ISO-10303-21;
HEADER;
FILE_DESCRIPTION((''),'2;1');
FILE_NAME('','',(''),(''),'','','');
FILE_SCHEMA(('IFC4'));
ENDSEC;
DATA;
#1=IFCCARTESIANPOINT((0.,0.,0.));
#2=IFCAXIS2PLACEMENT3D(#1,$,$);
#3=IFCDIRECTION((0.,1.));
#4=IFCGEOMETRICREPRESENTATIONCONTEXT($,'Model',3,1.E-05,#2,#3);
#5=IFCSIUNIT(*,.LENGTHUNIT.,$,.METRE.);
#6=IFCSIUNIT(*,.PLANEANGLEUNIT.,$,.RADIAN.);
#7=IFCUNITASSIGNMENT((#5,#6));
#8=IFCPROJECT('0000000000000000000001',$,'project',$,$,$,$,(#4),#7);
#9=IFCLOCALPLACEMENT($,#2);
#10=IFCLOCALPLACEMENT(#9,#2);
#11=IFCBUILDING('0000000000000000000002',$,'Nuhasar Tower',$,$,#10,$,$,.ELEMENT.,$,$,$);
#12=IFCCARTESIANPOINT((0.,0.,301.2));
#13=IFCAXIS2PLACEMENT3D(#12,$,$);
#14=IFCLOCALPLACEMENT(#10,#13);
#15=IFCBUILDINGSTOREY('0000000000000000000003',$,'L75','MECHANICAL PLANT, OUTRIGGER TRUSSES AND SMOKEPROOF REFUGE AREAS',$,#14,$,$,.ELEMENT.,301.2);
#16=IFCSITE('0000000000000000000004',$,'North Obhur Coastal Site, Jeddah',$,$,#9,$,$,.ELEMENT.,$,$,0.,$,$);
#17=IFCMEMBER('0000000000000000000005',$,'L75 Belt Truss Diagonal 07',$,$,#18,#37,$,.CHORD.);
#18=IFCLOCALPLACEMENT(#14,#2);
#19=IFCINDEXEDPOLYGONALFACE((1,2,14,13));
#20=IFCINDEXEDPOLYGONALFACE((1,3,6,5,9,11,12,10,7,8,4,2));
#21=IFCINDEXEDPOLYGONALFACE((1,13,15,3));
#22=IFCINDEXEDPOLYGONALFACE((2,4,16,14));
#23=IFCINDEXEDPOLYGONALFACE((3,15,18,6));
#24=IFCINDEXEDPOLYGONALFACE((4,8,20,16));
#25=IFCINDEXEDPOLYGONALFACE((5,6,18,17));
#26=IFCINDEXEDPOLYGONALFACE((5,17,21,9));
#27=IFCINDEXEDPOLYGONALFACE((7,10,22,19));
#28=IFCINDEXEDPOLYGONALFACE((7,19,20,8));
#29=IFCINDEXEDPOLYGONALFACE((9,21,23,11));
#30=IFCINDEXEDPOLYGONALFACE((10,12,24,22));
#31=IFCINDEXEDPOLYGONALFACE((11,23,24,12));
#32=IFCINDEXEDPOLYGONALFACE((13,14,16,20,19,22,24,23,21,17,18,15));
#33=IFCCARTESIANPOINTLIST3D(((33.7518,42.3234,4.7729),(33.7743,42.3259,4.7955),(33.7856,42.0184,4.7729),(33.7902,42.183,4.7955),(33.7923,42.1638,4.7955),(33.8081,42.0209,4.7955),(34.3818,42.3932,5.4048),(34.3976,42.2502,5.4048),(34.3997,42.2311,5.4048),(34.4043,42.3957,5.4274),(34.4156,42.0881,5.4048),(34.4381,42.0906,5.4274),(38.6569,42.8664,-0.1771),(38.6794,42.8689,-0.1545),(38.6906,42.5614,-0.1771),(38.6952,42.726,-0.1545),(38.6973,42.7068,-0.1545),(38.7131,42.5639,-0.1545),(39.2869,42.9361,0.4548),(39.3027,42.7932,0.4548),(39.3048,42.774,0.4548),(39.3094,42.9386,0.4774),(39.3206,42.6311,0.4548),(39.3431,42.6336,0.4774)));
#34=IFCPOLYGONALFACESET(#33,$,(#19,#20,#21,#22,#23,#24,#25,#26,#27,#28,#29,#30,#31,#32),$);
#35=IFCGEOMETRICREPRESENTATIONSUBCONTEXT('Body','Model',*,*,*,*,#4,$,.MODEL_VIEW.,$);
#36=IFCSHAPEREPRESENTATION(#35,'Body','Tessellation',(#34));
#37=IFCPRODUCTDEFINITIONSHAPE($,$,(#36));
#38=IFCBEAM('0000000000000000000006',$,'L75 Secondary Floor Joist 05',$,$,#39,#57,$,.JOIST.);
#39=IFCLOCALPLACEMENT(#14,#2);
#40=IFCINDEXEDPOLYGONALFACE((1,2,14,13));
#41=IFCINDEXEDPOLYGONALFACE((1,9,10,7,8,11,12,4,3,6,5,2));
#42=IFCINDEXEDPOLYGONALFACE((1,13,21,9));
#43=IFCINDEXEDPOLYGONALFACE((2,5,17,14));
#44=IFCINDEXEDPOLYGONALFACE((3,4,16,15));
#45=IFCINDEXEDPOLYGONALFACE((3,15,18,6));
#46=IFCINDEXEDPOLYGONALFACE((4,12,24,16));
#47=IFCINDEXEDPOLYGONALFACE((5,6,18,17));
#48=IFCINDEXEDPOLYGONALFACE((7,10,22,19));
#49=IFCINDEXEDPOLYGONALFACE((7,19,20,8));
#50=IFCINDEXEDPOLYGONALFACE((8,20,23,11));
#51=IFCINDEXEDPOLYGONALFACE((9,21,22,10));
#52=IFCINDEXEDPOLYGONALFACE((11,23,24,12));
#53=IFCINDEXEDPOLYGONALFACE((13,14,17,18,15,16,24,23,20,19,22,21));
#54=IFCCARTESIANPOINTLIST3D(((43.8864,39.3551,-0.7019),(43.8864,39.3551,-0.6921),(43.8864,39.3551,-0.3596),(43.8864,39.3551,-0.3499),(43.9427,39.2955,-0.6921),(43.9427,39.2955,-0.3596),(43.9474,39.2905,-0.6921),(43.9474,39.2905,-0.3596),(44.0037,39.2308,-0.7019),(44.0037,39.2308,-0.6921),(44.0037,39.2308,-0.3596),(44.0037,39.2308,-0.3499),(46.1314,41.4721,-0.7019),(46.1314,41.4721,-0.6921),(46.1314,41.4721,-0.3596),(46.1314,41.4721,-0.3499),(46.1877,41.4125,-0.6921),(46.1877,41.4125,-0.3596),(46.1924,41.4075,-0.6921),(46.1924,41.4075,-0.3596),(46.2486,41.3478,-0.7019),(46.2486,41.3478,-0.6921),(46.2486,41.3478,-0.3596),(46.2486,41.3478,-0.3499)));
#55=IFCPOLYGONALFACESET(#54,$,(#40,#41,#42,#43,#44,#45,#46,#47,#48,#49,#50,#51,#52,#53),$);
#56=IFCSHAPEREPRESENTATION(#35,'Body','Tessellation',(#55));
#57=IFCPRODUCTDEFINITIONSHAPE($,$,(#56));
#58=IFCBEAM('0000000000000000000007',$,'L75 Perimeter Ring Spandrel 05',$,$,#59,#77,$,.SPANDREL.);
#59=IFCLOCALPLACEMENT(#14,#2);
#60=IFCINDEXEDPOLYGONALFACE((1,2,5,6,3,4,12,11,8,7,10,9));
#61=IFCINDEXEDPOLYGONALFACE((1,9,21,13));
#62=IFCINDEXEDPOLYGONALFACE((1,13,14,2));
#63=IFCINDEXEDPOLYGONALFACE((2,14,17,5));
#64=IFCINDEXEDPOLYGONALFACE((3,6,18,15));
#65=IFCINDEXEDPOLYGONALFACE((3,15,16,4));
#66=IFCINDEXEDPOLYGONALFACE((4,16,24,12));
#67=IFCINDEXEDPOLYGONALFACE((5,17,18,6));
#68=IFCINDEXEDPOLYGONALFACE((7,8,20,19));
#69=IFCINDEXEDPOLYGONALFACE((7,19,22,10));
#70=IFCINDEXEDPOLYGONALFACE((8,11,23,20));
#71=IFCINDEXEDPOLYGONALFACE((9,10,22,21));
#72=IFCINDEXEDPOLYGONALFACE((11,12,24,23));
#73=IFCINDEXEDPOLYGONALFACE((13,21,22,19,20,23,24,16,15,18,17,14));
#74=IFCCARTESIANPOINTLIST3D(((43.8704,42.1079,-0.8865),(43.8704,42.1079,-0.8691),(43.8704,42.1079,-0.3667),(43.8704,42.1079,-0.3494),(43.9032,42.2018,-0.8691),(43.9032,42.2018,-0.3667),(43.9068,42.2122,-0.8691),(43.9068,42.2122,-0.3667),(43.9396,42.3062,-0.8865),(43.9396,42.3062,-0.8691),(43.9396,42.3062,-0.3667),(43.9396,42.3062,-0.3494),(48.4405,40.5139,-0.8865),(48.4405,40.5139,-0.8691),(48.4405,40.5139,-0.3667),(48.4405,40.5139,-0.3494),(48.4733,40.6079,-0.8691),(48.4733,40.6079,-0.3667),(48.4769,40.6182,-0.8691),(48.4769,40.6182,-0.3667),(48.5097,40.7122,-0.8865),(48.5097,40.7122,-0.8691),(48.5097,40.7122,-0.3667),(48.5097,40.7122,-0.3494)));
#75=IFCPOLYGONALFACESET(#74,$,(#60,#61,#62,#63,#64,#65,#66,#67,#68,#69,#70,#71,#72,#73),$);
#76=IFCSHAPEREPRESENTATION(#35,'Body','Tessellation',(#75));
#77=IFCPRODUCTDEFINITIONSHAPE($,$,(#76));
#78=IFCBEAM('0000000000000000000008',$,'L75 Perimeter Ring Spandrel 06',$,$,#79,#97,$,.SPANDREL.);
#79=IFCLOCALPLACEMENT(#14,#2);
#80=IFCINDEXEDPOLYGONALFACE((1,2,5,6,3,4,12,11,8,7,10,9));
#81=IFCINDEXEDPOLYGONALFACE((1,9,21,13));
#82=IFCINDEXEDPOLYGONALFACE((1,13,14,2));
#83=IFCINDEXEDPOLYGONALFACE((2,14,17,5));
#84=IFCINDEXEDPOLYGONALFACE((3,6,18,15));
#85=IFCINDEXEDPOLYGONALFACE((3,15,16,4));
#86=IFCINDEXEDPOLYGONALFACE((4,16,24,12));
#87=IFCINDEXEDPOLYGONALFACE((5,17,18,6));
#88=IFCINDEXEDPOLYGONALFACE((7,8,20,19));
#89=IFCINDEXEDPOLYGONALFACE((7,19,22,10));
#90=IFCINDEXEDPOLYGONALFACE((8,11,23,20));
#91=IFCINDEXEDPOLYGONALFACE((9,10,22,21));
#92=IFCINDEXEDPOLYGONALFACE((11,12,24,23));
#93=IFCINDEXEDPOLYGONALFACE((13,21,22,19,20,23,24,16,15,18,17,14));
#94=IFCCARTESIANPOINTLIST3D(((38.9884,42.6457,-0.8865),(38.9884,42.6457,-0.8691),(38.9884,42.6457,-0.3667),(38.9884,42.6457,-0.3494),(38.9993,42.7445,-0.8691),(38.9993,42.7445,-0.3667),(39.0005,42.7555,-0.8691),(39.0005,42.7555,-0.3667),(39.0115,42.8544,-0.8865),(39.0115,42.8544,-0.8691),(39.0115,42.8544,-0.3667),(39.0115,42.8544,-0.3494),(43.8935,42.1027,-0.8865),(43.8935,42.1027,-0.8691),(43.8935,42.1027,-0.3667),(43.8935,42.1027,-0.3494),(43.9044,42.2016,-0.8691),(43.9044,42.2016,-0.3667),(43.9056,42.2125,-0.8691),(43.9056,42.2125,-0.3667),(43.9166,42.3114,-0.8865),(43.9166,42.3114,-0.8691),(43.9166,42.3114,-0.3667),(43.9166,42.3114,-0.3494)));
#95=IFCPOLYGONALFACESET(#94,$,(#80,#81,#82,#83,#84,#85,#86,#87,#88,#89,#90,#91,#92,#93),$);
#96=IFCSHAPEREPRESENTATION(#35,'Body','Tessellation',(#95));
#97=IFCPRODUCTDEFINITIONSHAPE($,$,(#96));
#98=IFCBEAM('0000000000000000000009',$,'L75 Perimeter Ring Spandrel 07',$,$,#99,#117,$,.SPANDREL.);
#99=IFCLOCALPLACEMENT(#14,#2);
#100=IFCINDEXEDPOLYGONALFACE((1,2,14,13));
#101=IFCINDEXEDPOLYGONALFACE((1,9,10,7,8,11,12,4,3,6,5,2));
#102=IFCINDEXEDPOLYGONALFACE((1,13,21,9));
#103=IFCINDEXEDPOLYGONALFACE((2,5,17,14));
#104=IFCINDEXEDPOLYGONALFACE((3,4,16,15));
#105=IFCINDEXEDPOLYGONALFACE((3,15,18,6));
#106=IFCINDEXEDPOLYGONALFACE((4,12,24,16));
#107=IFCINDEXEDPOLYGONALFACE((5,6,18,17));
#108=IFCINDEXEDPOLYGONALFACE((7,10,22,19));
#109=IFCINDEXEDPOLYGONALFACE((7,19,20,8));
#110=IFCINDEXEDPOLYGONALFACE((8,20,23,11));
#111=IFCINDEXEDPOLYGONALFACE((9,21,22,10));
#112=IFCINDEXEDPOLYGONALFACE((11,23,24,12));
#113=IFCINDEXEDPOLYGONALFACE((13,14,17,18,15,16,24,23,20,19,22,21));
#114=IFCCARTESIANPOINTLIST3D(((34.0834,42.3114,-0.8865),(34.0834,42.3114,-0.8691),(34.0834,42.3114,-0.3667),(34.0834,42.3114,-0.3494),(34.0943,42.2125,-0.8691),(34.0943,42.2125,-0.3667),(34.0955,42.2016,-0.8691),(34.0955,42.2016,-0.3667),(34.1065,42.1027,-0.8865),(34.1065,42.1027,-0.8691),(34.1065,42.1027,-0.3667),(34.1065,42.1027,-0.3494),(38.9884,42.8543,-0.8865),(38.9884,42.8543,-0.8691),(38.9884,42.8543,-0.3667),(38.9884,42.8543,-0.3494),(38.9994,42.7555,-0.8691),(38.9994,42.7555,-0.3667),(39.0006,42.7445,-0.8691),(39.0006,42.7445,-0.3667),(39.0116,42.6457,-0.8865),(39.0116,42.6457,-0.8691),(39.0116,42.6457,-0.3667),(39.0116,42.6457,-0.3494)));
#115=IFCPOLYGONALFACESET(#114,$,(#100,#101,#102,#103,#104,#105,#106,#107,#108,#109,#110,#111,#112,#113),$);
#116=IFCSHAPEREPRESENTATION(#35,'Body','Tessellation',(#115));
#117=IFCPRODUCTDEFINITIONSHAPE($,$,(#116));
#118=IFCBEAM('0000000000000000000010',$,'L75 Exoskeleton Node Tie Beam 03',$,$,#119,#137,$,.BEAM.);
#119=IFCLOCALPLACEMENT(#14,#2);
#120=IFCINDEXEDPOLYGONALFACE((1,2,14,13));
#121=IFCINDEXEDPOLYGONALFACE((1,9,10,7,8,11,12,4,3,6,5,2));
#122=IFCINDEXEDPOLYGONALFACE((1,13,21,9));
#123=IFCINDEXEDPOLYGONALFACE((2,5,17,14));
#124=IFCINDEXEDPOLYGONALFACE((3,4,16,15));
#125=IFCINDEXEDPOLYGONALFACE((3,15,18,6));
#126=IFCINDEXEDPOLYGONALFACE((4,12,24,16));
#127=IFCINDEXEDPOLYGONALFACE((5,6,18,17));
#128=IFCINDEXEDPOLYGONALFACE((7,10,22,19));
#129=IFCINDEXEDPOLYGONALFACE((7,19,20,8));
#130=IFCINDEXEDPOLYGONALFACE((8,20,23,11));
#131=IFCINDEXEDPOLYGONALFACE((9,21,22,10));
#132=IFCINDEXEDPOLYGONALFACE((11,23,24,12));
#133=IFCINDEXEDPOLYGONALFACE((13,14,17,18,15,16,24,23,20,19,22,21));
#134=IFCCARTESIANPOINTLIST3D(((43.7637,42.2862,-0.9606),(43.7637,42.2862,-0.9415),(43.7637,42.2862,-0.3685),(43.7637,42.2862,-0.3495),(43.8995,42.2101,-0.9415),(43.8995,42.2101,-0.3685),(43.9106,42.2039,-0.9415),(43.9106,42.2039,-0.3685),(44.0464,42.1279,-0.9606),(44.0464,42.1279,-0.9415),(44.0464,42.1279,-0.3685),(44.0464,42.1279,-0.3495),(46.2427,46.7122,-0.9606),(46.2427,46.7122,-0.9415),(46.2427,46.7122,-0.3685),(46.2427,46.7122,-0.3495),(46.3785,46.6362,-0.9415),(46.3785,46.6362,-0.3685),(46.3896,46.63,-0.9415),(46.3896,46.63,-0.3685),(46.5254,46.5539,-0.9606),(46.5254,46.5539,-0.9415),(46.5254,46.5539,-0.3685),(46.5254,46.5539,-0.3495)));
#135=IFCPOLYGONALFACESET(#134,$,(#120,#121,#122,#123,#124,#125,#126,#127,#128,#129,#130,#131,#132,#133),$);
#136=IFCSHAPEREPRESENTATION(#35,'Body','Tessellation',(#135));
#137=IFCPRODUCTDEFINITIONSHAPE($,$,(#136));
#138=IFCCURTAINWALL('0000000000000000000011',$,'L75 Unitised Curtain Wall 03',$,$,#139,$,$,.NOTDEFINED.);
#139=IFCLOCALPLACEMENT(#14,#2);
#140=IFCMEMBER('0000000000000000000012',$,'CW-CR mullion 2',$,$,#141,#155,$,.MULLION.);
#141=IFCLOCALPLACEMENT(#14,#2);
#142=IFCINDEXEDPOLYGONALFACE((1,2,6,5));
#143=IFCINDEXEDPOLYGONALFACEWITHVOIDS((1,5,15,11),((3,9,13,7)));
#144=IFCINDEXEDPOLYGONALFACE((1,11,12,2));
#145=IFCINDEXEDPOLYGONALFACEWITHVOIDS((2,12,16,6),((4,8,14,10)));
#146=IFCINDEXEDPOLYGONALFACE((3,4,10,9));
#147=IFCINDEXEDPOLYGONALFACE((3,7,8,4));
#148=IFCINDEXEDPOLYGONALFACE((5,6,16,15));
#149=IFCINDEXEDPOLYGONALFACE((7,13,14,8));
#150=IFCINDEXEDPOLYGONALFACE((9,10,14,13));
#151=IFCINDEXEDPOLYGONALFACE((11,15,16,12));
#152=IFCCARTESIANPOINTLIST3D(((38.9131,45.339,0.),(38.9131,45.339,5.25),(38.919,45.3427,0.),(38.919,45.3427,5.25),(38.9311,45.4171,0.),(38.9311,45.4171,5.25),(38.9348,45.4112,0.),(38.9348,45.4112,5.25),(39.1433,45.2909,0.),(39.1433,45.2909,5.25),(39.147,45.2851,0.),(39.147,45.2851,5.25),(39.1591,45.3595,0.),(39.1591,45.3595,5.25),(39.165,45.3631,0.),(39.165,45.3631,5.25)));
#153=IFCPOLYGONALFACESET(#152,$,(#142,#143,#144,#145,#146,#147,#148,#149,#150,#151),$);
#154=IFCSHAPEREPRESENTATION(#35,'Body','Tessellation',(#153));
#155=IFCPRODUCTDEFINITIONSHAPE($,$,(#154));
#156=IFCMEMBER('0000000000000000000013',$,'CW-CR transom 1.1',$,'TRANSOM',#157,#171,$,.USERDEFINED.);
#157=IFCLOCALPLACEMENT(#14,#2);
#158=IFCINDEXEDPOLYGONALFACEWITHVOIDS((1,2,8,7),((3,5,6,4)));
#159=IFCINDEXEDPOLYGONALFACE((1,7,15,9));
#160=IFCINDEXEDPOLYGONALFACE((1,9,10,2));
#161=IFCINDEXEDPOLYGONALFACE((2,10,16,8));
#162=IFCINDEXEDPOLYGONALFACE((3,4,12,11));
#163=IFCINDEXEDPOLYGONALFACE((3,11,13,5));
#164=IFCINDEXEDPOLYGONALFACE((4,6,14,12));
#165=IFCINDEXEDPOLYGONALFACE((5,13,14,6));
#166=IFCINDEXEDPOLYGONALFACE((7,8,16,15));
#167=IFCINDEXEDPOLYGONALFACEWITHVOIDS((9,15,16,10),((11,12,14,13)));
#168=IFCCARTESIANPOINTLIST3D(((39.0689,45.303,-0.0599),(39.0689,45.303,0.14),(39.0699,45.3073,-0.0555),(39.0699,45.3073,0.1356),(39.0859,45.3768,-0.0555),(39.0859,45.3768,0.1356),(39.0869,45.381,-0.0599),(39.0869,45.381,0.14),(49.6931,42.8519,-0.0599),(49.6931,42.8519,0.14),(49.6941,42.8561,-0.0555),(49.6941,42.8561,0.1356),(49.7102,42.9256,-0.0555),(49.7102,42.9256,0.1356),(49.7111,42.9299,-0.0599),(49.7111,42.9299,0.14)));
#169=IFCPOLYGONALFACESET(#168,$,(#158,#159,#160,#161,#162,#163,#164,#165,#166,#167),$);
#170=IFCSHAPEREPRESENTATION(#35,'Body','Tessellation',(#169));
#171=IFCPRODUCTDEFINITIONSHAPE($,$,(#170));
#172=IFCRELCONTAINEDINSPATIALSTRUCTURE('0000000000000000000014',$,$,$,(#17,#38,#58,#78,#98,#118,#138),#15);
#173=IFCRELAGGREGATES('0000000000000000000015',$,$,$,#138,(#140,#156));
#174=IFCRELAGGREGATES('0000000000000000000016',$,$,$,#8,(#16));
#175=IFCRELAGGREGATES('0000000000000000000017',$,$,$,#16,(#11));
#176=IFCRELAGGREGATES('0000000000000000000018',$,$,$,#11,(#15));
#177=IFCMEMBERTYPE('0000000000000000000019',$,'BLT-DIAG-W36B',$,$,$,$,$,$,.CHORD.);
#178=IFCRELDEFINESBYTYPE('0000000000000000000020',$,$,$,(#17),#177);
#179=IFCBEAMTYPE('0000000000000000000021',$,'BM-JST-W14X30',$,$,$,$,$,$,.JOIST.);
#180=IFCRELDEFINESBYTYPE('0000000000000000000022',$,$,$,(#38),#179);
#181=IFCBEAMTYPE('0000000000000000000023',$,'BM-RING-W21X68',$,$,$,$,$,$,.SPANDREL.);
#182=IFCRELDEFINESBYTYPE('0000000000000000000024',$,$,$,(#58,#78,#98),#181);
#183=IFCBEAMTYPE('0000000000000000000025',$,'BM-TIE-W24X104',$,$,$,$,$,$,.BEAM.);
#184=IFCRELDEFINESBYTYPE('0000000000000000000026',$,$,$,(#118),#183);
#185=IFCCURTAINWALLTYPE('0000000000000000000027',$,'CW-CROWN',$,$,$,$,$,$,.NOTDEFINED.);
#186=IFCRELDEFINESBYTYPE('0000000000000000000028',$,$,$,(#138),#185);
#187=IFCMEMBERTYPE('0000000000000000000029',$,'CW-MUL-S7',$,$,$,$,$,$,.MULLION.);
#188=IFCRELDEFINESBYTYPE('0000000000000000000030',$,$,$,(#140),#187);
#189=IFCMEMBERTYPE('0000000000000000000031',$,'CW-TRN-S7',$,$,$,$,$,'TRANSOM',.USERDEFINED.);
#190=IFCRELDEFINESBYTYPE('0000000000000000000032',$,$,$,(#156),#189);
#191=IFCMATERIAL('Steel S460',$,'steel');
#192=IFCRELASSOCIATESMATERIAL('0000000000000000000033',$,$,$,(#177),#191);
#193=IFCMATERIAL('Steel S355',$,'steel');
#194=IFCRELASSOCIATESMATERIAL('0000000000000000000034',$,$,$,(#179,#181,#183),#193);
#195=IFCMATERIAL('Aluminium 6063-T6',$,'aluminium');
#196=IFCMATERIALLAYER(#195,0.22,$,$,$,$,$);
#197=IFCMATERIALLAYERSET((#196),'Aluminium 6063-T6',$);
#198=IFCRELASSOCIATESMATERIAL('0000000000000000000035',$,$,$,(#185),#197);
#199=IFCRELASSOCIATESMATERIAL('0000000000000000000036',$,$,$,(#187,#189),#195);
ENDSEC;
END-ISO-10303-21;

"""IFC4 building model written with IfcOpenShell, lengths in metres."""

from ifc_helpers import new_model, si_unit, direction, frame, origin, origin_2d, place, context, subcontext, project, spatial, hollow_rectangle, i_section, extrude, material, layer, layer_set, material_profile, profile_set, type_object, element, aggregate, save


model = new_model("IFC4")

# Units and contexts
model_context = context("Model", 3, precision=1e-05, world=origin(), true_north=direction((0.0, 1.0)))
body_context = subcontext(model_context, "Body", "Model", "MODEL_VIEW")
ifc_project = project(units=[si_unit("LENGTHUNIT", "METRE"), si_unit("PLANEANGLEUNIT", "RADIAN")], contexts=[model_context])

# Site, building, storey
site_placement = place(None, origin())
site = spatial("IfcSite", under=ifc_project, at=site_placement, Name="North Obhur Coastal Site, Jeddah", CompositionType="ELEMENT", RefElevation=0.0)
building_placement = place(site_placement, origin())
building = spatial("IfcBuilding", under=site, at=building_placement, Name="Nuhasar Tower", CompositionType="ELEMENT")
storey_placement = place(building_placement, frame((0.0, 0.0, 301.2)))
storey = spatial("IfcBuildingStorey", under=building, at=storey_placement, Name="L75", Description="MECHANICAL PLANT, OUTRIGGER TRUSSES AND SMOKEPROOF REFUGE AREAS", CompositionType="ELEMENT", Elevation=301.2)

# Member
ifc_material_1 = material(Name="Steel S460", Category="steel")
ifc_material_profile_1 = material_profile(ifc_material_1, i_section(OverallWidth=0.3069, OverallDepth=0.927, WebThickness=0.0193, FlangeThickness=0.032, at=origin_2d()), Name="W36X194")
ifc_profile_set_1 = profile_set([ifc_material_profile_1], Name="Steel S460")
member_type_1 = type_object("IfcMemberType", Name="BLT-DIAG-W36B", PredefinedType="CHORD", material=ifc_profile_set_1)
for number, where, z_axis, x_axis, name in (
    (1, (39.0, 42.75, 0.1501), (-0.701749, -0.077681, 0.708176), (0.110024, -0.993929, 0.0), "L75 Belt Truss Diagonal 07"),
):
    element("IfcMember", number, at=place(storey_placement, frame(where, z_axis=z_axis, x_axis=x_axis)), inside=storey, type_object=member_type_1, Name=name, PredefinedType="CHORD", context=body_context, shape_type="SweptSolid", body=[
        extrude(i_section(OverallWidth=0.3069, OverallDepth=0.927, WebThickness=0.0193, FlangeThickness=0.032, at=origin_2d()), origin(), (0.0, 0.0, 1.0), 6.9897),
    ])

# Beams
ifc_material_2 = material(Name="Steel S355", Category="steel")
ifc_material_profile_2 = material_profile(ifc_material_2, i_section(OverallWidth=0.1709, OverallDepth=0.3521, WebThickness=0.0068, FlangeThickness=0.0098, at=origin_2d()), Name="W14X30")
ifc_profile_set_2 = profile_set([ifc_material_profile_2], Name="Steel S355")
beam_type_1 = type_object("IfcBeamType", Name="BM-JST-W14X30", PredefinedType="JOIST", material=ifc_profile_set_2)
beam_1_placement = place(storey_placement, frame((43.9451, 39.293, -0.5259), z_axis=(0.727533, 0.686073, 0.0), x_axis=(-0.686073, 0.727533, 0.0)))
element("IfcBeam", 2, at=beam_1_placement, inside=storey, type_object=beam_type_1, Name="L75 Secondary Floor Joist 05", PredefinedType="JOIST", context=body_context, shape_type="SweptSolid", body=[
    extrude(i_section(OverallWidth=0.1709, OverallDepth=0.3521, WebThickness=0.0068, FlangeThickness=0.0098, at=origin_2d()), origin(), (0.0, 0.0, 1.0), 3.0857),
])
ifc_material_profile_3 = material_profile(ifc_material_2, i_section(OverallWidth=0.21, OverallDepth=0.5371, WebThickness=0.011, FlangeThickness=0.0173, at=origin_2d()), Name="W21X68")
ifc_profile_set_3 = profile_set([ifc_material_profile_3], Name="Steel S355")
beam_type_2 = type_object("IfcBeamType", Name="BM-RING-W21X68", PredefinedType="SPANDREL", material=ifc_profile_set_3)
beam_2_placement = place(storey_placement, frame((48.4751, 40.613, -0.6179), z_axis=(-0.944214, 0.329332, 0.0), x_axis=(-0.329332, -0.944214, 0.0)))
element("IfcBeam", 3, at=beam_2_placement, inside=storey, type_object=beam_type_2, Name="L75 Perimeter Ring Spandrel 05", PredefinedType="SPANDREL", context=body_context, shape_type="SweptSolid", body=[
    extrude(i_section(OverallWidth=0.21, OverallDepth=0.5371, WebThickness=0.011, FlangeThickness=0.0173, at=origin_2d()), origin(), (0.0, 0.0, 1.0), 4.8401),
])
for number, where, z_axis, x_axis, name in (
    (4, (43.905, 42.207, -0.6179), (-0.993929, 0.110024, 0.0), (-0.110024, -0.993929, 0.0), "L75 Perimeter Ring Spandrel 06"),
    (5, (39.0, 42.75, -0.6179), (-0.993929, -0.110024, 0.0), (0.110024, -0.993929, 0.0), "L75 Perimeter Ring Spandrel 07"),
):
    element("IfcBeam", number, at=place(storey_placement, frame(where, z_axis=z_axis, x_axis=x_axis)), inside=storey, type_object=beam_type_2, Name=name, PredefinedType="SPANDREL", context=body_context, shape_type="SweptSolid", body=[
        extrude(i_section(OverallWidth=0.21, OverallDepth=0.5371, WebThickness=0.011, FlangeThickness=0.0173, at=origin_2d()), origin(), (0.0, 0.0, 1.0), 4.9351),
    ])
ifc_material_profile_4 = material_profile(ifc_material_2, i_section(OverallWidth=0.324, OverallDepth=0.6111, WebThickness=0.0127, FlangeThickness=0.019, at=origin_2d()), Name="W24X104")
ifc_profile_set_4 = profile_set([ifc_material_profile_4], Name="Steel S355")
beam_type_3 = type_object("IfcBeamType", Name="BM-TIE-W24X104", PredefinedType="BEAM", material=ifc_profile_set_4)
beam_3_placement = place(storey_placement, frame((43.905, 42.207, -0.655), z_axis=(0.488668, 0.87247, 0.0), x_axis=(-0.87247, 0.488668, 0.0)))
element("IfcBeam", 6, at=beam_3_placement, inside=storey, type_object=beam_type_3, Name="L75 Exoskeleton Node Tie Beam 03", PredefinedType="BEAM", context=body_context, shape_type="SweptSolid", body=[
    extrude(i_section(OverallWidth=0.324, OverallDepth=0.6111, WebThickness=0.0127, FlangeThickness=0.019, at=origin_2d()), origin(), (0.0, 0.0, 1.0), 5.073),
])

# Curtain wall, members
ifc_material_3 = material(Name="Aluminium 6063-T6", Category="aluminium")
ifc_layer_1 = layer(ifc_material_3, 0.22)
ifc_layer_set_1 = layer_set([ifc_layer_1], Name="Aluminium 6063-T6")
curtain_wall_type = type_object("IfcCurtainWallType", Name="CW-CROWN", PredefinedType="NOTDEFINED", material=ifc_layer_set_1)
curtain_wall_placement = place(storey_placement, origin())
curtain_wall = element("IfcCurtainWall", 7, at=curtain_wall_placement, inside=storey, type_object=curtain_wall_type, Name="L75 Unitised Curtain Wall 03", PredefinedType="NOTDEFINED")
ifc_material_profile_5 = material_profile(ifc_material_3, hollow_rectangle(XDim=0.0801, YDim=0.24, WallThickness=0.0049, at=origin_2d()), Name="CWM-7")
ifc_profile_set_5 = profile_set([ifc_material_profile_5], Name="Aluminium 6063-T6")
member_type_2 = type_object("IfcMemberType", Name="CW-MUL-S7", PredefinedType="MULLION", material=ifc_profile_set_5)
member_1_placement = place(storey_placement, frame((39.0391, 45.3511, 0.0), z_axis=(0.0, 0.0, 1.0), x_axis=(-0.2248, -0.974405, 0.0)))
member_1 = element("IfcMember", 8, at=member_1_placement, type_object=member_type_2, Name="CW-CR mullion 2", PredefinedType="MULLION", context=body_context, shape_type="SweptSolid", body=[
    extrude(hollow_rectangle(XDim=0.0801, YDim=0.24, WallThickness=0.0049, at=origin_2d()), origin(), (0.0, 0.0, 1.0), 5.25),
])
ifc_material_profile_6 = material_profile(ifc_material_3, hollow_rectangle(XDim=0.0801, YDim=0.2, WallThickness=0.0044, at=origin_2d()), Name="CWT-7")
ifc_profile_set_6 = profile_set([ifc_material_profile_6], Name="Aluminium 6063-T6")
member_type_3 = type_object("IfcMemberType", Name="CW-TRN-S7", ElementType="TRANSOM", PredefinedType="USERDEFINED", material=ifc_profile_set_6)
member_2_placement = place(storey_placement, frame((49.7021, 42.8909, 0.04), z_axis=(-0.974403, 0.224809, 0.0), x_axis=(-0.224809, -0.974403, 0.0)))
member_2 = element("IfcMember", 9, at=member_2_placement, type_object=member_type_3, Name="CW-CR transom 1.1", ObjectType="TRANSOM", PredefinedType="USERDEFINED", context=body_context, shape_type="SweptSolid", body=[
    extrude(hollow_rectangle(XDim=0.0801, YDim=0.2, WallThickness=0.0044, at=origin_2d()), origin(), (0.0, 0.0, 1.0), 10.9033),
])

aggregate(curtain_wall, [member_1, member_2])

save(model, "model.ifc")
